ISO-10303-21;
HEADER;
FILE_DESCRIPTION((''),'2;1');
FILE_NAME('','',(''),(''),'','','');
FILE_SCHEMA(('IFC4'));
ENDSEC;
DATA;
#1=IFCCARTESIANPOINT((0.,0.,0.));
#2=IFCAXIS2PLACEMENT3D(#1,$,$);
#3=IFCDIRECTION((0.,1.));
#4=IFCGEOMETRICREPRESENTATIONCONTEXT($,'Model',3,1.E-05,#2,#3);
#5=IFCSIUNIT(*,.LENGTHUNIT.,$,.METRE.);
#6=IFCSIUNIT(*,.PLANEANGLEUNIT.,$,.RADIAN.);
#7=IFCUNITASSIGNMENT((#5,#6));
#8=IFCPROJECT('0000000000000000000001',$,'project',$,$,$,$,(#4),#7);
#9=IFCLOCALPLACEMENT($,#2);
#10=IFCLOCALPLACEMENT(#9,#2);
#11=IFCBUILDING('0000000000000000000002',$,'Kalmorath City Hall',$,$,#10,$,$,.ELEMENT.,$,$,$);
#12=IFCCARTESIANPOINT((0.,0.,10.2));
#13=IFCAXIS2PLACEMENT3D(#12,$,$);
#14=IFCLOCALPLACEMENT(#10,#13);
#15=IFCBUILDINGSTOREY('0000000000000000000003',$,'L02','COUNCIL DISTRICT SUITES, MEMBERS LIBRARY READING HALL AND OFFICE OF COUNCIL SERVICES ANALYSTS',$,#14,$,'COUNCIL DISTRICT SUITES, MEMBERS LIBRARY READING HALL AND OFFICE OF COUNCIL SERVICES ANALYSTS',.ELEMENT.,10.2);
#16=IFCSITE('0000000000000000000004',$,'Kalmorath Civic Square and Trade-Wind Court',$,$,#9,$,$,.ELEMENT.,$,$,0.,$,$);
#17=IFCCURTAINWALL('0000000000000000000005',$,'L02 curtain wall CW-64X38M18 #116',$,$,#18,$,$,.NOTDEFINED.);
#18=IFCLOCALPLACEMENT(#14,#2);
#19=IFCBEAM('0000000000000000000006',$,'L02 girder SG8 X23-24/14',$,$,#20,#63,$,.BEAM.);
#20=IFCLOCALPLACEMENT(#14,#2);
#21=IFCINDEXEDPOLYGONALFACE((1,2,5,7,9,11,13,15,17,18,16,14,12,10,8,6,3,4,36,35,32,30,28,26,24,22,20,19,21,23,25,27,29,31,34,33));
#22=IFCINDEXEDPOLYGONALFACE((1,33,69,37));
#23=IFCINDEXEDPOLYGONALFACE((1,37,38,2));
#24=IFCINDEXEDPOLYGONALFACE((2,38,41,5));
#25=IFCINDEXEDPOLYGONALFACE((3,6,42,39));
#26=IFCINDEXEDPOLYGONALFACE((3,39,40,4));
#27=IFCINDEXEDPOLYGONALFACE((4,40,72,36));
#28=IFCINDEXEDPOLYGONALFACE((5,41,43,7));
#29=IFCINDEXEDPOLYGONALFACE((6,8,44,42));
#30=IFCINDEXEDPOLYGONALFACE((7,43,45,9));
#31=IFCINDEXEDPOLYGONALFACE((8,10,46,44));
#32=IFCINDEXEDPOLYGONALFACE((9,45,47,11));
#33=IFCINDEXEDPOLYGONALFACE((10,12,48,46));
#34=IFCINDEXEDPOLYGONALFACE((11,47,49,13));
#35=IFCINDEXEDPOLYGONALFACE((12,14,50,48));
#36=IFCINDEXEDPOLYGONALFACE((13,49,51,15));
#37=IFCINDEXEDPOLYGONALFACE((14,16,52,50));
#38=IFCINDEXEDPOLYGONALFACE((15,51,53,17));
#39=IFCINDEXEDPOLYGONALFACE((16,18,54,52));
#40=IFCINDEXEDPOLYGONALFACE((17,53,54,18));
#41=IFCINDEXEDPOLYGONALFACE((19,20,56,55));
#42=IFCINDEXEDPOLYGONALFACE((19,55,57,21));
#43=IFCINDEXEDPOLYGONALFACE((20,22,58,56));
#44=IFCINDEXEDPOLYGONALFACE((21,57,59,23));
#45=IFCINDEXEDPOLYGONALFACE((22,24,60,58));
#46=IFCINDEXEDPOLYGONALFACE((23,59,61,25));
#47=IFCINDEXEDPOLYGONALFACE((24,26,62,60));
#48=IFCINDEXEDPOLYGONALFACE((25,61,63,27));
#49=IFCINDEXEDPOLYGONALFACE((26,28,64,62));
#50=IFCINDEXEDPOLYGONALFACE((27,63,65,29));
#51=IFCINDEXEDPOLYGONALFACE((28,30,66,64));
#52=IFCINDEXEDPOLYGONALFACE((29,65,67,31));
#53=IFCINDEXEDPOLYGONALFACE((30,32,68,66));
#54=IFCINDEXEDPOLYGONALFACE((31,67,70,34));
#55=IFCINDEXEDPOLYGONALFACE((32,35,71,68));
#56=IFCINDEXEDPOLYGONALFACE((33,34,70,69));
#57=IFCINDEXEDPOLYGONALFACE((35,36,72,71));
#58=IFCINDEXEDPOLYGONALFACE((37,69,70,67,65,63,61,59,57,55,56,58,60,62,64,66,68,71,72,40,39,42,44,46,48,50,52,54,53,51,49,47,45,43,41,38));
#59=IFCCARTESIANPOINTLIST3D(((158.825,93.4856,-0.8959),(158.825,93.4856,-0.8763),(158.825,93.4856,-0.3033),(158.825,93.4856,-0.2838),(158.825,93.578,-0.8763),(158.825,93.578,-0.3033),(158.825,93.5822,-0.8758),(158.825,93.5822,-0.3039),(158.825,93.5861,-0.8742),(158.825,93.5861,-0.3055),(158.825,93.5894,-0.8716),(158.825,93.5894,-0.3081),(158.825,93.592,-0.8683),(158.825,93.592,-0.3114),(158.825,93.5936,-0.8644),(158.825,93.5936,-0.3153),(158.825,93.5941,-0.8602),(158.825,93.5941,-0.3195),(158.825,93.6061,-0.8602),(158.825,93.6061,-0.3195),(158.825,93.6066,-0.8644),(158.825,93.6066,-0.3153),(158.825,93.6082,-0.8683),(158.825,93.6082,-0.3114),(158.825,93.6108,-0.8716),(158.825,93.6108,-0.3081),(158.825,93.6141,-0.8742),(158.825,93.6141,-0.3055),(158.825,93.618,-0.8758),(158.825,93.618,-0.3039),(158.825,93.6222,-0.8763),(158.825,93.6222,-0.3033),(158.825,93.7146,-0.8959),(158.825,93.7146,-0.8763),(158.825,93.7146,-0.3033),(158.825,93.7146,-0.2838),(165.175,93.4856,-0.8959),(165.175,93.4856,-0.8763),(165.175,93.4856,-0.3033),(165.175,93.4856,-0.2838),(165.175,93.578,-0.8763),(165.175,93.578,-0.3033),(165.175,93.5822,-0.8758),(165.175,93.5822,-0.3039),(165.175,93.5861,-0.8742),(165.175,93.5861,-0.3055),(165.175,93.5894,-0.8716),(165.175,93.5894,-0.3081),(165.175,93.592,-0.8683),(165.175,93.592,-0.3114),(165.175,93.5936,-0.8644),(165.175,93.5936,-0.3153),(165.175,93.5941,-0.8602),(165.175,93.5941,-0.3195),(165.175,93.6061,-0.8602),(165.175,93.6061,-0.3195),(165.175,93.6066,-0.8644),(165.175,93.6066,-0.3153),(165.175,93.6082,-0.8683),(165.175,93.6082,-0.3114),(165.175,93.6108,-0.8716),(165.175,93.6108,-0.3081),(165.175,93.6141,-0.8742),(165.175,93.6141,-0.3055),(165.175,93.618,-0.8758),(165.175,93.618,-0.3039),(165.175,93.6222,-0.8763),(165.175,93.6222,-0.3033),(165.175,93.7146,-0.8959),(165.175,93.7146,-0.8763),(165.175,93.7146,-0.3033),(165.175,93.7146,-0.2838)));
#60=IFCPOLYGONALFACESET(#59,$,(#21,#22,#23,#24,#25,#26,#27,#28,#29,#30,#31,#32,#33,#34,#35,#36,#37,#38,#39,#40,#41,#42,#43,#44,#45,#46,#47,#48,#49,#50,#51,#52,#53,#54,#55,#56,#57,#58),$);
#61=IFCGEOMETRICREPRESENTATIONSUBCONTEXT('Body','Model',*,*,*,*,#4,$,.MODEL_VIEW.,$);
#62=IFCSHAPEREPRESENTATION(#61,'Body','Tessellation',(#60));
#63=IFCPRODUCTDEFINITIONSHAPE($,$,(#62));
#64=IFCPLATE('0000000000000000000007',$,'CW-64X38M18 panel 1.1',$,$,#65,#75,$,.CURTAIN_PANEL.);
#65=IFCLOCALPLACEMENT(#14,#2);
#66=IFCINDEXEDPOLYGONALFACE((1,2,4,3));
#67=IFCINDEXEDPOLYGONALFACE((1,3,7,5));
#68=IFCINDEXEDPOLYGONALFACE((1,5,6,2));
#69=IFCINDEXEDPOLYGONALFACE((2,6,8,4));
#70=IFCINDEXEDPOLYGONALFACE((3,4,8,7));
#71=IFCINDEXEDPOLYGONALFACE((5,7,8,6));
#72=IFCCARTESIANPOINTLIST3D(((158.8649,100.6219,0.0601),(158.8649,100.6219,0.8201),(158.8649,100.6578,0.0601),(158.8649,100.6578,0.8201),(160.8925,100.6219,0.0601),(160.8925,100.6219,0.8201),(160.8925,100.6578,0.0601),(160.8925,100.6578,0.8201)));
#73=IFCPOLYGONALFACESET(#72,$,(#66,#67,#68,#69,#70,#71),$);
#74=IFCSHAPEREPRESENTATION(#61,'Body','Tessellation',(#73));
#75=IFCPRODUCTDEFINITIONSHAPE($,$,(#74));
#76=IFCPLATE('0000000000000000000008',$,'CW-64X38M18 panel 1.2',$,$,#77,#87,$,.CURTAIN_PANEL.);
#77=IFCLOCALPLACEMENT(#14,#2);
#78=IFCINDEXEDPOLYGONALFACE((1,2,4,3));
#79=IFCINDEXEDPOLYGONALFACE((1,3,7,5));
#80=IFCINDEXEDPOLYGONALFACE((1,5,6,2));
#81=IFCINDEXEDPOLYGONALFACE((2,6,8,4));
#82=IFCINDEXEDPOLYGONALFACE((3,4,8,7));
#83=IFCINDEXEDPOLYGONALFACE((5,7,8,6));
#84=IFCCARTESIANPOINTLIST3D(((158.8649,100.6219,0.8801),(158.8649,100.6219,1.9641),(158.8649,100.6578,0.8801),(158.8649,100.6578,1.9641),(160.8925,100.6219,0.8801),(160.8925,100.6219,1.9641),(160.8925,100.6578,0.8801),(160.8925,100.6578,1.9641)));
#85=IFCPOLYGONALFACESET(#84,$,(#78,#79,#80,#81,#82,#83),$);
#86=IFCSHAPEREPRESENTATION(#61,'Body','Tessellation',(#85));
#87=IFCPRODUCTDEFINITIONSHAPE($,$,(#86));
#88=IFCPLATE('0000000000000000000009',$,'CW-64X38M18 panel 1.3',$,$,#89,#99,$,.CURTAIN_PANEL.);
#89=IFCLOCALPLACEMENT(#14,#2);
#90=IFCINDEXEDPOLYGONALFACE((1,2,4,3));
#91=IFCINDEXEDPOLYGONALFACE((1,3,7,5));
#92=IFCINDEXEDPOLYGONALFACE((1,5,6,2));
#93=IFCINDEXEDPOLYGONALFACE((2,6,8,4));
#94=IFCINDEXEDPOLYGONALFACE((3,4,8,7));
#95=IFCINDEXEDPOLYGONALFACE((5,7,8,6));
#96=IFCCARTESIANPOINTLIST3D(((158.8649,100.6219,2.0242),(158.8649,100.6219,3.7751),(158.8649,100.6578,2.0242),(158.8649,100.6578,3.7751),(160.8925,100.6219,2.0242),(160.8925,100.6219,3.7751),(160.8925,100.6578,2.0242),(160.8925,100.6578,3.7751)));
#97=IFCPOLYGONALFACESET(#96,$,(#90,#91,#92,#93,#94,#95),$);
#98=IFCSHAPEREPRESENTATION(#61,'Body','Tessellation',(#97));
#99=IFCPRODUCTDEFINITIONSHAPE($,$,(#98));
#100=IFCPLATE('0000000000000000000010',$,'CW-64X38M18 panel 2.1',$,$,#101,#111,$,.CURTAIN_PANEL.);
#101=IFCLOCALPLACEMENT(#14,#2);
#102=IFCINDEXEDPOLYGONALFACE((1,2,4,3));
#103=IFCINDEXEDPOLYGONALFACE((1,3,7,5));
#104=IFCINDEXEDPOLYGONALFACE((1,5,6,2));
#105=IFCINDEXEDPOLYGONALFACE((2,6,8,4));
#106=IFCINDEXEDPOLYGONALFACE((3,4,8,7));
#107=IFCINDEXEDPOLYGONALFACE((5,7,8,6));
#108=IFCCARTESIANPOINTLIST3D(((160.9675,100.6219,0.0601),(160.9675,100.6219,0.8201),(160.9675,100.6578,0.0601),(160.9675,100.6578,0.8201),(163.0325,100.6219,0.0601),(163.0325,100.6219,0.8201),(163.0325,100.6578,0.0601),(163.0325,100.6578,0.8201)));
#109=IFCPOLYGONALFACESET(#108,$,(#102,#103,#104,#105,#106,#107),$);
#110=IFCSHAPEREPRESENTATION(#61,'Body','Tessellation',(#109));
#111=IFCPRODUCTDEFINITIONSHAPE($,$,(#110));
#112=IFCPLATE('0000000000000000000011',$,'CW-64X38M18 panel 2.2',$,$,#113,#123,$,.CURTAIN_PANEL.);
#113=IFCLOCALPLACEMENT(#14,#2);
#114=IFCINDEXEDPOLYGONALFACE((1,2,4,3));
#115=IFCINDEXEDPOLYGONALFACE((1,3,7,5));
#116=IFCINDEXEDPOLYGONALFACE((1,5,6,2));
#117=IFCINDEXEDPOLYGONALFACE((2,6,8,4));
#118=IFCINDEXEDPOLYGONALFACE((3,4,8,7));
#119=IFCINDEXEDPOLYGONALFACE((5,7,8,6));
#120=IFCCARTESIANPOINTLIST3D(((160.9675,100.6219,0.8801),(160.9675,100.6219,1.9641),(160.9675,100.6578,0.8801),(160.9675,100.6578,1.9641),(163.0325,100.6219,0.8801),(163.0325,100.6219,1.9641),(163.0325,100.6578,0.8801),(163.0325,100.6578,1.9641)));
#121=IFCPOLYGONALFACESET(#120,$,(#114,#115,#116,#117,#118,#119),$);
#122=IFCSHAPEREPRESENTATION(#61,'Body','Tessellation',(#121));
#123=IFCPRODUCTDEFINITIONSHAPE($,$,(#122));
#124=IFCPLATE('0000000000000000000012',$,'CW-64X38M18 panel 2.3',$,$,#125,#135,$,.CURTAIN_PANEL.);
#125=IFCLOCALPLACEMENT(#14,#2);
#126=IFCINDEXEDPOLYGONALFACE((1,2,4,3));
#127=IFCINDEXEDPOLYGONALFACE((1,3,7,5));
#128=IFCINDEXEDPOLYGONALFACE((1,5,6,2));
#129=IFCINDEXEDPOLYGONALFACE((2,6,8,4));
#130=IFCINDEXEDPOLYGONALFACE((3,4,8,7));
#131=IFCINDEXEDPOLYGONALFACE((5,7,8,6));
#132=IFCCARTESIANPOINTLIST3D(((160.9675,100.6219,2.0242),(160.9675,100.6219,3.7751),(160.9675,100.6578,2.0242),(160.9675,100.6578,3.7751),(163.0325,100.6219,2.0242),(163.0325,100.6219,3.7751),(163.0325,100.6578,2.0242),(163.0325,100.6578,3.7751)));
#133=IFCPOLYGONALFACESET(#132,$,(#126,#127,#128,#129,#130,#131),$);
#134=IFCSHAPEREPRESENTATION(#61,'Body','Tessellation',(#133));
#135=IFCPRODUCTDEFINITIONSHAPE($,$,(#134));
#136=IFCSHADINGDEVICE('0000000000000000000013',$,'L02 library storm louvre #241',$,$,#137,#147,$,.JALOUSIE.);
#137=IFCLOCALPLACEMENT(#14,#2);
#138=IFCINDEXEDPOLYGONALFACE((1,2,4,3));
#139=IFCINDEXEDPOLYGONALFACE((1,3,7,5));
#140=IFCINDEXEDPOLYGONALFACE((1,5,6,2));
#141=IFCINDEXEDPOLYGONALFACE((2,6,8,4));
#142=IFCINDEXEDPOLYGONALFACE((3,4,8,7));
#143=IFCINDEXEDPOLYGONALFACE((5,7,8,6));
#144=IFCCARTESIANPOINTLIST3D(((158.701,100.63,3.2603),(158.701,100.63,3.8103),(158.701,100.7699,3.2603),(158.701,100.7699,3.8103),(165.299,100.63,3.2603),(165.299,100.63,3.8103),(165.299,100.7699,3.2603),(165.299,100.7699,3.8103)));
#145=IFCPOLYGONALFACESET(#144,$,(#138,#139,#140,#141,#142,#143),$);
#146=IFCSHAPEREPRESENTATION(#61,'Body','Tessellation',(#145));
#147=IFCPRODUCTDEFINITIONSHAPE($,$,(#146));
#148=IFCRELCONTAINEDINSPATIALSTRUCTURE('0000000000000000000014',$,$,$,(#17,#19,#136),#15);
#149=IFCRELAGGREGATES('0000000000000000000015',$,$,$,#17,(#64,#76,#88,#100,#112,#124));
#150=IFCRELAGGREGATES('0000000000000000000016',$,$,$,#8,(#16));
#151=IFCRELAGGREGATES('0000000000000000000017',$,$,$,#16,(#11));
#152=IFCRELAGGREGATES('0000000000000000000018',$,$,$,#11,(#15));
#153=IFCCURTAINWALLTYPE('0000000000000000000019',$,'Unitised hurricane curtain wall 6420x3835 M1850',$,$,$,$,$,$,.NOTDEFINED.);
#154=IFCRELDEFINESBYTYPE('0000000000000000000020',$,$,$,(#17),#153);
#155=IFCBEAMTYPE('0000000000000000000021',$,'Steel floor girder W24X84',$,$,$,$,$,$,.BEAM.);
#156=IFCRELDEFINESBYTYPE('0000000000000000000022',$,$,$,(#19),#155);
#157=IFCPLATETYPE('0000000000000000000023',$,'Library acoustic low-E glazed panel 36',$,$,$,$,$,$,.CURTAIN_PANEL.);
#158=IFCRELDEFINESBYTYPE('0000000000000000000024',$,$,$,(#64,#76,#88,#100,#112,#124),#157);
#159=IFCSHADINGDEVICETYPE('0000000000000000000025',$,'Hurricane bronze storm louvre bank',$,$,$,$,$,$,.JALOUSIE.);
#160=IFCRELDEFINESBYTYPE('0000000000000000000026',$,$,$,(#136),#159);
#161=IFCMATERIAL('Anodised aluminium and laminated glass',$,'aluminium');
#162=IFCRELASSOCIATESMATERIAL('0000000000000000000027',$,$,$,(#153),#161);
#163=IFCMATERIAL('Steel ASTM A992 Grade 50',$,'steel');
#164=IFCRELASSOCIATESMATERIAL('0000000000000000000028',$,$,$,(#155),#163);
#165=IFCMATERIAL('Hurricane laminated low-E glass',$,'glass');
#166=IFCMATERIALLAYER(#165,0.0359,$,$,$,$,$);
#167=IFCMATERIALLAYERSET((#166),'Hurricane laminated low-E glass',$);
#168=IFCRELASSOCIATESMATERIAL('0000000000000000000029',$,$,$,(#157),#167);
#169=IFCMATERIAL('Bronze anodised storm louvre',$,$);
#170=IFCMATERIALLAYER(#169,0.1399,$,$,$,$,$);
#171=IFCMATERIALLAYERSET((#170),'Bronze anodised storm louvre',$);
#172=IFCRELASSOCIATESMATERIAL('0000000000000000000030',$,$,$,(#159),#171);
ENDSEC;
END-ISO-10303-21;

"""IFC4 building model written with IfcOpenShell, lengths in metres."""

from ifc_helpers import new_model, si_unit, direction, frame, origin, origin_2d, place, context, subcontext, project, spatial, rectangle, i_section, extrude, material, layer, layer_set, material_profile, profile_set, type_object, element, aggregate, save


model = new_model("IFC4")

# Units and contexts
model_context = context("Model", 3, precision=1e-05, world=origin(), true_north=direction((0.0, 1.0)))
body_context = subcontext(model_context, "Body", "Model", "MODEL_VIEW")
ifc_project = project(units=[si_unit("LENGTHUNIT", "METRE"), si_unit("PLANEANGLEUNIT", "RADIAN")], contexts=[model_context])

# Site, building, storey
site_placement = place(None, origin())
site = spatial("IfcSite", under=ifc_project, at=site_placement, Name="Kalmorath Civic Square and Trade-Wind Court", CompositionType="ELEMENT", RefElevation=0.0)
building_placement = place(site_placement, origin())
building = spatial("IfcBuilding", under=site, at=building_placement, Name="Kalmorath City Hall", CompositionType="ELEMENT")
storey_placement = place(building_placement, frame((0.0, 0.0, 10.2)))
storey = spatial("IfcBuildingStorey", under=building, at=storey_placement, Name="L02", Description="COUNCIL DISTRICT SUITES, MEMBERS LIBRARY READING HALL AND OFFICE OF COUNCIL SERVICES ANALYSTS", LongName="COUNCIL DISTRICT SUITES, MEMBERS LIBRARY READING HALL AND OFFICE OF COUNCIL SERVICES ANALYSTS", CompositionType="ELEMENT", Elevation=10.2)

# Curtain wall
ifc_material_1 = material(Name="Anodised aluminium and laminated glass", Category="aluminium")
curtain_wall_type = type_object("IfcCurtainWallType", Name="Unitised hurricane curtain wall 6420x3835 M1850", PredefinedType="NOTDEFINED", material=ifc_material_1)
curtain_wall_placement = place(storey_placement, origin())
curtain_wall = element("IfcCurtainWall", 1, at=curtain_wall_placement, inside=storey, type_object=curtain_wall_type, Name="L02 curtain wall CW-64X38M18 #116", PredefinedType="NOTDEFINED")

# Beam
ifc_material_2 = material(Name="Steel ASTM A992 Grade 50", Category="steel")
ifc_material_profile_1 = material_profile(ifc_material_2, i_section(OverallWidth=0.229, OverallDepth=0.6121, WebThickness=0.012, FlangeThickness=0.0195, FilletRadius=0.0161, at=origin_2d()), Name="W24X84")
ifc_profile_set_1 = profile_set([ifc_material_profile_1], Name="Steel ASTM A992 Grade 50")
beam_type_1 = type_object("IfcBeamType", Name="Steel floor girder W24X84", PredefinedType="BEAM", material=ifc_profile_set_1)
beam_1_placement = place(storey_placement, frame((158.825, 93.6001, -0.5898), z_axis=(1.0, 0.0, 0.0), x_axis=(0.0, 1.0, 0.0)))
element("IfcBeam", 2, at=beam_1_placement, inside=storey, type_object=beam_type_1, Name="L02 girder SG8 X23-24/14", PredefinedType="BEAM", context=body_context, shape_type="SweptSolid", body=[
    extrude(i_section(OverallWidth=0.229, OverallDepth=0.6121, WebThickness=0.012, FlangeThickness=0.0195, FilletRadius=0.0161, at=origin_2d()), origin(), (0.0, 0.0, 1.0), 6.3501),
])

# Plates
ifc_material_3 = material(Name="Hurricane laminated low-E glass", Category="glass")
ifc_layer_1 = layer(ifc_material_3, 0.0359)
ifc_layer_set_1 = layer_set([ifc_layer_1], Name="Hurricane laminated low-E glass")
plate_type = type_object("IfcPlateType", Name="Library acoustic low-E glazed panel 36", PredefinedType="CURTAIN_PANEL", material=ifc_layer_set_1)
plate_1_placement = place(storey_placement, frame((159.8787, 100.6399, 0.0601), z_axis=(0.0, 0.0, 1.0), x_axis=(1.0, 0.0, 0.0)))
plate_1 = element("IfcPlate", 3, at=plate_1_placement, type_object=plate_type, Name="CW-64X38M18 panel 1.1", PredefinedType="CURTAIN_PANEL", context=body_context, shape_type="SweptSolid", body=[
    extrude(rectangle(XDim=2.0276, YDim=0.0359, at=origin_2d()), origin(), (0.0, 0.0, 1.0), 0.76),
])
plate_2_placement = place(storey_placement, frame((159.8787, 100.6399, 0.8801), z_axis=(0.0, 0.0, 1.0), x_axis=(1.0, 0.0, 0.0)))
plate_2 = element("IfcPlate", 4, at=plate_2_placement, type_object=plate_type, Name="CW-64X38M18 panel 1.2", PredefinedType="CURTAIN_PANEL", context=body_context, shape_type="SweptSolid", body=[
    extrude(rectangle(XDim=2.0276, YDim=0.0359, at=origin_2d()), origin(), (0.0, 0.0, 1.0), 1.084),
])
plate_3_placement = place(storey_placement, frame((159.8787, 100.6399, 2.0242), z_axis=(0.0, 0.0, 1.0), x_axis=(1.0, 0.0, 0.0)))
plate_3 = element("IfcPlate", 5, at=plate_3_placement, type_object=plate_type, Name="CW-64X38M18 panel 1.3", PredefinedType="CURTAIN_PANEL", context=body_context, shape_type="SweptSolid", body=[
    extrude(rectangle(XDim=2.0276, YDim=0.0359, at=origin_2d()), origin(), (0.0, 0.0, 1.0), 1.751),
])
plate_4_placement = place(storey_placement, frame((162.0, 100.6399, 0.0601), z_axis=(0.0, 0.0, 1.0), x_axis=(1.0, 0.0, 0.0)))
plate_4 = element("IfcPlate", 6, at=plate_4_placement, type_object=plate_type, Name="CW-64X38M18 panel 2.1", PredefinedType="CURTAIN_PANEL", context=body_context, shape_type="SweptSolid", body=[
    extrude(rectangle(XDim=2.0649, YDim=0.0359, at=origin_2d()), origin(), (0.0, 0.0, 1.0), 0.76),
])
plate_5_placement = place(storey_placement, frame((162.0, 100.6399, 0.8801), z_axis=(0.0, 0.0, 1.0), x_axis=(1.0, 0.0, 0.0)))
plate_5 = element("IfcPlate", 7, at=plate_5_placement, type_object=plate_type, Name="CW-64X38M18 panel 2.2", PredefinedType="CURTAIN_PANEL", context=body_context, shape_type="SweptSolid", body=[
    extrude(rectangle(XDim=2.0649, YDim=0.0359, at=origin_2d()), origin(), (0.0, 0.0, 1.0), 1.084),
])
plate_6_placement = place(storey_placement, frame((162.0, 100.6399, 2.0242), z_axis=(0.0, 0.0, 1.0), x_axis=(1.0, 0.0, 0.0)))
plate_6 = element("IfcPlate", 8, at=plate_6_placement, type_object=plate_type, Name="CW-64X38M18 panel 2.3", PredefinedType="CURTAIN_PANEL", context=body_context, shape_type="SweptSolid", body=[
    extrude(rectangle(XDim=2.0649, YDim=0.0359, at=origin_2d()), origin(), (0.0, 0.0, 1.0), 1.751),
])
aggregate(curtain_wall, [plate_1, plate_2, plate_3, plate_4, plate_5, plate_6])

# Shading device
ifc_material_4 = material(Name="Bronze anodised storm louvre")
ifc_layer_2 = layer(ifc_material_4, 0.1399)
ifc_layer_set_2 = layer_set([ifc_layer_2], Name="Bronze anodised storm louvre")
shading_device_type = type_object("IfcShadingDeviceType", Name="Hurricane bronze storm louvre bank", PredefinedType="JALOUSIE", material=ifc_layer_set_2)
shading_device_placement = place(storey_placement, frame((162.0, 100.7, 3.2603), z_axis=(0.0, 0.0, 1.0), x_axis=(1.0, 0.0, 0.0)))
element("IfcShadingDevice", 9, at=shading_device_placement, inside=storey, type_object=shading_device_type, Name="L02 library storm louvre #241", PredefinedType="JALOUSIE", context=body_context, shape_type="SweptSolid", body=[
    extrude(rectangle(XDim=6.5979, YDim=0.1399, at=origin_2d()), origin(), (0.0, 0.0, 1.0), 0.55),
])

save(model, "model.ifc")
